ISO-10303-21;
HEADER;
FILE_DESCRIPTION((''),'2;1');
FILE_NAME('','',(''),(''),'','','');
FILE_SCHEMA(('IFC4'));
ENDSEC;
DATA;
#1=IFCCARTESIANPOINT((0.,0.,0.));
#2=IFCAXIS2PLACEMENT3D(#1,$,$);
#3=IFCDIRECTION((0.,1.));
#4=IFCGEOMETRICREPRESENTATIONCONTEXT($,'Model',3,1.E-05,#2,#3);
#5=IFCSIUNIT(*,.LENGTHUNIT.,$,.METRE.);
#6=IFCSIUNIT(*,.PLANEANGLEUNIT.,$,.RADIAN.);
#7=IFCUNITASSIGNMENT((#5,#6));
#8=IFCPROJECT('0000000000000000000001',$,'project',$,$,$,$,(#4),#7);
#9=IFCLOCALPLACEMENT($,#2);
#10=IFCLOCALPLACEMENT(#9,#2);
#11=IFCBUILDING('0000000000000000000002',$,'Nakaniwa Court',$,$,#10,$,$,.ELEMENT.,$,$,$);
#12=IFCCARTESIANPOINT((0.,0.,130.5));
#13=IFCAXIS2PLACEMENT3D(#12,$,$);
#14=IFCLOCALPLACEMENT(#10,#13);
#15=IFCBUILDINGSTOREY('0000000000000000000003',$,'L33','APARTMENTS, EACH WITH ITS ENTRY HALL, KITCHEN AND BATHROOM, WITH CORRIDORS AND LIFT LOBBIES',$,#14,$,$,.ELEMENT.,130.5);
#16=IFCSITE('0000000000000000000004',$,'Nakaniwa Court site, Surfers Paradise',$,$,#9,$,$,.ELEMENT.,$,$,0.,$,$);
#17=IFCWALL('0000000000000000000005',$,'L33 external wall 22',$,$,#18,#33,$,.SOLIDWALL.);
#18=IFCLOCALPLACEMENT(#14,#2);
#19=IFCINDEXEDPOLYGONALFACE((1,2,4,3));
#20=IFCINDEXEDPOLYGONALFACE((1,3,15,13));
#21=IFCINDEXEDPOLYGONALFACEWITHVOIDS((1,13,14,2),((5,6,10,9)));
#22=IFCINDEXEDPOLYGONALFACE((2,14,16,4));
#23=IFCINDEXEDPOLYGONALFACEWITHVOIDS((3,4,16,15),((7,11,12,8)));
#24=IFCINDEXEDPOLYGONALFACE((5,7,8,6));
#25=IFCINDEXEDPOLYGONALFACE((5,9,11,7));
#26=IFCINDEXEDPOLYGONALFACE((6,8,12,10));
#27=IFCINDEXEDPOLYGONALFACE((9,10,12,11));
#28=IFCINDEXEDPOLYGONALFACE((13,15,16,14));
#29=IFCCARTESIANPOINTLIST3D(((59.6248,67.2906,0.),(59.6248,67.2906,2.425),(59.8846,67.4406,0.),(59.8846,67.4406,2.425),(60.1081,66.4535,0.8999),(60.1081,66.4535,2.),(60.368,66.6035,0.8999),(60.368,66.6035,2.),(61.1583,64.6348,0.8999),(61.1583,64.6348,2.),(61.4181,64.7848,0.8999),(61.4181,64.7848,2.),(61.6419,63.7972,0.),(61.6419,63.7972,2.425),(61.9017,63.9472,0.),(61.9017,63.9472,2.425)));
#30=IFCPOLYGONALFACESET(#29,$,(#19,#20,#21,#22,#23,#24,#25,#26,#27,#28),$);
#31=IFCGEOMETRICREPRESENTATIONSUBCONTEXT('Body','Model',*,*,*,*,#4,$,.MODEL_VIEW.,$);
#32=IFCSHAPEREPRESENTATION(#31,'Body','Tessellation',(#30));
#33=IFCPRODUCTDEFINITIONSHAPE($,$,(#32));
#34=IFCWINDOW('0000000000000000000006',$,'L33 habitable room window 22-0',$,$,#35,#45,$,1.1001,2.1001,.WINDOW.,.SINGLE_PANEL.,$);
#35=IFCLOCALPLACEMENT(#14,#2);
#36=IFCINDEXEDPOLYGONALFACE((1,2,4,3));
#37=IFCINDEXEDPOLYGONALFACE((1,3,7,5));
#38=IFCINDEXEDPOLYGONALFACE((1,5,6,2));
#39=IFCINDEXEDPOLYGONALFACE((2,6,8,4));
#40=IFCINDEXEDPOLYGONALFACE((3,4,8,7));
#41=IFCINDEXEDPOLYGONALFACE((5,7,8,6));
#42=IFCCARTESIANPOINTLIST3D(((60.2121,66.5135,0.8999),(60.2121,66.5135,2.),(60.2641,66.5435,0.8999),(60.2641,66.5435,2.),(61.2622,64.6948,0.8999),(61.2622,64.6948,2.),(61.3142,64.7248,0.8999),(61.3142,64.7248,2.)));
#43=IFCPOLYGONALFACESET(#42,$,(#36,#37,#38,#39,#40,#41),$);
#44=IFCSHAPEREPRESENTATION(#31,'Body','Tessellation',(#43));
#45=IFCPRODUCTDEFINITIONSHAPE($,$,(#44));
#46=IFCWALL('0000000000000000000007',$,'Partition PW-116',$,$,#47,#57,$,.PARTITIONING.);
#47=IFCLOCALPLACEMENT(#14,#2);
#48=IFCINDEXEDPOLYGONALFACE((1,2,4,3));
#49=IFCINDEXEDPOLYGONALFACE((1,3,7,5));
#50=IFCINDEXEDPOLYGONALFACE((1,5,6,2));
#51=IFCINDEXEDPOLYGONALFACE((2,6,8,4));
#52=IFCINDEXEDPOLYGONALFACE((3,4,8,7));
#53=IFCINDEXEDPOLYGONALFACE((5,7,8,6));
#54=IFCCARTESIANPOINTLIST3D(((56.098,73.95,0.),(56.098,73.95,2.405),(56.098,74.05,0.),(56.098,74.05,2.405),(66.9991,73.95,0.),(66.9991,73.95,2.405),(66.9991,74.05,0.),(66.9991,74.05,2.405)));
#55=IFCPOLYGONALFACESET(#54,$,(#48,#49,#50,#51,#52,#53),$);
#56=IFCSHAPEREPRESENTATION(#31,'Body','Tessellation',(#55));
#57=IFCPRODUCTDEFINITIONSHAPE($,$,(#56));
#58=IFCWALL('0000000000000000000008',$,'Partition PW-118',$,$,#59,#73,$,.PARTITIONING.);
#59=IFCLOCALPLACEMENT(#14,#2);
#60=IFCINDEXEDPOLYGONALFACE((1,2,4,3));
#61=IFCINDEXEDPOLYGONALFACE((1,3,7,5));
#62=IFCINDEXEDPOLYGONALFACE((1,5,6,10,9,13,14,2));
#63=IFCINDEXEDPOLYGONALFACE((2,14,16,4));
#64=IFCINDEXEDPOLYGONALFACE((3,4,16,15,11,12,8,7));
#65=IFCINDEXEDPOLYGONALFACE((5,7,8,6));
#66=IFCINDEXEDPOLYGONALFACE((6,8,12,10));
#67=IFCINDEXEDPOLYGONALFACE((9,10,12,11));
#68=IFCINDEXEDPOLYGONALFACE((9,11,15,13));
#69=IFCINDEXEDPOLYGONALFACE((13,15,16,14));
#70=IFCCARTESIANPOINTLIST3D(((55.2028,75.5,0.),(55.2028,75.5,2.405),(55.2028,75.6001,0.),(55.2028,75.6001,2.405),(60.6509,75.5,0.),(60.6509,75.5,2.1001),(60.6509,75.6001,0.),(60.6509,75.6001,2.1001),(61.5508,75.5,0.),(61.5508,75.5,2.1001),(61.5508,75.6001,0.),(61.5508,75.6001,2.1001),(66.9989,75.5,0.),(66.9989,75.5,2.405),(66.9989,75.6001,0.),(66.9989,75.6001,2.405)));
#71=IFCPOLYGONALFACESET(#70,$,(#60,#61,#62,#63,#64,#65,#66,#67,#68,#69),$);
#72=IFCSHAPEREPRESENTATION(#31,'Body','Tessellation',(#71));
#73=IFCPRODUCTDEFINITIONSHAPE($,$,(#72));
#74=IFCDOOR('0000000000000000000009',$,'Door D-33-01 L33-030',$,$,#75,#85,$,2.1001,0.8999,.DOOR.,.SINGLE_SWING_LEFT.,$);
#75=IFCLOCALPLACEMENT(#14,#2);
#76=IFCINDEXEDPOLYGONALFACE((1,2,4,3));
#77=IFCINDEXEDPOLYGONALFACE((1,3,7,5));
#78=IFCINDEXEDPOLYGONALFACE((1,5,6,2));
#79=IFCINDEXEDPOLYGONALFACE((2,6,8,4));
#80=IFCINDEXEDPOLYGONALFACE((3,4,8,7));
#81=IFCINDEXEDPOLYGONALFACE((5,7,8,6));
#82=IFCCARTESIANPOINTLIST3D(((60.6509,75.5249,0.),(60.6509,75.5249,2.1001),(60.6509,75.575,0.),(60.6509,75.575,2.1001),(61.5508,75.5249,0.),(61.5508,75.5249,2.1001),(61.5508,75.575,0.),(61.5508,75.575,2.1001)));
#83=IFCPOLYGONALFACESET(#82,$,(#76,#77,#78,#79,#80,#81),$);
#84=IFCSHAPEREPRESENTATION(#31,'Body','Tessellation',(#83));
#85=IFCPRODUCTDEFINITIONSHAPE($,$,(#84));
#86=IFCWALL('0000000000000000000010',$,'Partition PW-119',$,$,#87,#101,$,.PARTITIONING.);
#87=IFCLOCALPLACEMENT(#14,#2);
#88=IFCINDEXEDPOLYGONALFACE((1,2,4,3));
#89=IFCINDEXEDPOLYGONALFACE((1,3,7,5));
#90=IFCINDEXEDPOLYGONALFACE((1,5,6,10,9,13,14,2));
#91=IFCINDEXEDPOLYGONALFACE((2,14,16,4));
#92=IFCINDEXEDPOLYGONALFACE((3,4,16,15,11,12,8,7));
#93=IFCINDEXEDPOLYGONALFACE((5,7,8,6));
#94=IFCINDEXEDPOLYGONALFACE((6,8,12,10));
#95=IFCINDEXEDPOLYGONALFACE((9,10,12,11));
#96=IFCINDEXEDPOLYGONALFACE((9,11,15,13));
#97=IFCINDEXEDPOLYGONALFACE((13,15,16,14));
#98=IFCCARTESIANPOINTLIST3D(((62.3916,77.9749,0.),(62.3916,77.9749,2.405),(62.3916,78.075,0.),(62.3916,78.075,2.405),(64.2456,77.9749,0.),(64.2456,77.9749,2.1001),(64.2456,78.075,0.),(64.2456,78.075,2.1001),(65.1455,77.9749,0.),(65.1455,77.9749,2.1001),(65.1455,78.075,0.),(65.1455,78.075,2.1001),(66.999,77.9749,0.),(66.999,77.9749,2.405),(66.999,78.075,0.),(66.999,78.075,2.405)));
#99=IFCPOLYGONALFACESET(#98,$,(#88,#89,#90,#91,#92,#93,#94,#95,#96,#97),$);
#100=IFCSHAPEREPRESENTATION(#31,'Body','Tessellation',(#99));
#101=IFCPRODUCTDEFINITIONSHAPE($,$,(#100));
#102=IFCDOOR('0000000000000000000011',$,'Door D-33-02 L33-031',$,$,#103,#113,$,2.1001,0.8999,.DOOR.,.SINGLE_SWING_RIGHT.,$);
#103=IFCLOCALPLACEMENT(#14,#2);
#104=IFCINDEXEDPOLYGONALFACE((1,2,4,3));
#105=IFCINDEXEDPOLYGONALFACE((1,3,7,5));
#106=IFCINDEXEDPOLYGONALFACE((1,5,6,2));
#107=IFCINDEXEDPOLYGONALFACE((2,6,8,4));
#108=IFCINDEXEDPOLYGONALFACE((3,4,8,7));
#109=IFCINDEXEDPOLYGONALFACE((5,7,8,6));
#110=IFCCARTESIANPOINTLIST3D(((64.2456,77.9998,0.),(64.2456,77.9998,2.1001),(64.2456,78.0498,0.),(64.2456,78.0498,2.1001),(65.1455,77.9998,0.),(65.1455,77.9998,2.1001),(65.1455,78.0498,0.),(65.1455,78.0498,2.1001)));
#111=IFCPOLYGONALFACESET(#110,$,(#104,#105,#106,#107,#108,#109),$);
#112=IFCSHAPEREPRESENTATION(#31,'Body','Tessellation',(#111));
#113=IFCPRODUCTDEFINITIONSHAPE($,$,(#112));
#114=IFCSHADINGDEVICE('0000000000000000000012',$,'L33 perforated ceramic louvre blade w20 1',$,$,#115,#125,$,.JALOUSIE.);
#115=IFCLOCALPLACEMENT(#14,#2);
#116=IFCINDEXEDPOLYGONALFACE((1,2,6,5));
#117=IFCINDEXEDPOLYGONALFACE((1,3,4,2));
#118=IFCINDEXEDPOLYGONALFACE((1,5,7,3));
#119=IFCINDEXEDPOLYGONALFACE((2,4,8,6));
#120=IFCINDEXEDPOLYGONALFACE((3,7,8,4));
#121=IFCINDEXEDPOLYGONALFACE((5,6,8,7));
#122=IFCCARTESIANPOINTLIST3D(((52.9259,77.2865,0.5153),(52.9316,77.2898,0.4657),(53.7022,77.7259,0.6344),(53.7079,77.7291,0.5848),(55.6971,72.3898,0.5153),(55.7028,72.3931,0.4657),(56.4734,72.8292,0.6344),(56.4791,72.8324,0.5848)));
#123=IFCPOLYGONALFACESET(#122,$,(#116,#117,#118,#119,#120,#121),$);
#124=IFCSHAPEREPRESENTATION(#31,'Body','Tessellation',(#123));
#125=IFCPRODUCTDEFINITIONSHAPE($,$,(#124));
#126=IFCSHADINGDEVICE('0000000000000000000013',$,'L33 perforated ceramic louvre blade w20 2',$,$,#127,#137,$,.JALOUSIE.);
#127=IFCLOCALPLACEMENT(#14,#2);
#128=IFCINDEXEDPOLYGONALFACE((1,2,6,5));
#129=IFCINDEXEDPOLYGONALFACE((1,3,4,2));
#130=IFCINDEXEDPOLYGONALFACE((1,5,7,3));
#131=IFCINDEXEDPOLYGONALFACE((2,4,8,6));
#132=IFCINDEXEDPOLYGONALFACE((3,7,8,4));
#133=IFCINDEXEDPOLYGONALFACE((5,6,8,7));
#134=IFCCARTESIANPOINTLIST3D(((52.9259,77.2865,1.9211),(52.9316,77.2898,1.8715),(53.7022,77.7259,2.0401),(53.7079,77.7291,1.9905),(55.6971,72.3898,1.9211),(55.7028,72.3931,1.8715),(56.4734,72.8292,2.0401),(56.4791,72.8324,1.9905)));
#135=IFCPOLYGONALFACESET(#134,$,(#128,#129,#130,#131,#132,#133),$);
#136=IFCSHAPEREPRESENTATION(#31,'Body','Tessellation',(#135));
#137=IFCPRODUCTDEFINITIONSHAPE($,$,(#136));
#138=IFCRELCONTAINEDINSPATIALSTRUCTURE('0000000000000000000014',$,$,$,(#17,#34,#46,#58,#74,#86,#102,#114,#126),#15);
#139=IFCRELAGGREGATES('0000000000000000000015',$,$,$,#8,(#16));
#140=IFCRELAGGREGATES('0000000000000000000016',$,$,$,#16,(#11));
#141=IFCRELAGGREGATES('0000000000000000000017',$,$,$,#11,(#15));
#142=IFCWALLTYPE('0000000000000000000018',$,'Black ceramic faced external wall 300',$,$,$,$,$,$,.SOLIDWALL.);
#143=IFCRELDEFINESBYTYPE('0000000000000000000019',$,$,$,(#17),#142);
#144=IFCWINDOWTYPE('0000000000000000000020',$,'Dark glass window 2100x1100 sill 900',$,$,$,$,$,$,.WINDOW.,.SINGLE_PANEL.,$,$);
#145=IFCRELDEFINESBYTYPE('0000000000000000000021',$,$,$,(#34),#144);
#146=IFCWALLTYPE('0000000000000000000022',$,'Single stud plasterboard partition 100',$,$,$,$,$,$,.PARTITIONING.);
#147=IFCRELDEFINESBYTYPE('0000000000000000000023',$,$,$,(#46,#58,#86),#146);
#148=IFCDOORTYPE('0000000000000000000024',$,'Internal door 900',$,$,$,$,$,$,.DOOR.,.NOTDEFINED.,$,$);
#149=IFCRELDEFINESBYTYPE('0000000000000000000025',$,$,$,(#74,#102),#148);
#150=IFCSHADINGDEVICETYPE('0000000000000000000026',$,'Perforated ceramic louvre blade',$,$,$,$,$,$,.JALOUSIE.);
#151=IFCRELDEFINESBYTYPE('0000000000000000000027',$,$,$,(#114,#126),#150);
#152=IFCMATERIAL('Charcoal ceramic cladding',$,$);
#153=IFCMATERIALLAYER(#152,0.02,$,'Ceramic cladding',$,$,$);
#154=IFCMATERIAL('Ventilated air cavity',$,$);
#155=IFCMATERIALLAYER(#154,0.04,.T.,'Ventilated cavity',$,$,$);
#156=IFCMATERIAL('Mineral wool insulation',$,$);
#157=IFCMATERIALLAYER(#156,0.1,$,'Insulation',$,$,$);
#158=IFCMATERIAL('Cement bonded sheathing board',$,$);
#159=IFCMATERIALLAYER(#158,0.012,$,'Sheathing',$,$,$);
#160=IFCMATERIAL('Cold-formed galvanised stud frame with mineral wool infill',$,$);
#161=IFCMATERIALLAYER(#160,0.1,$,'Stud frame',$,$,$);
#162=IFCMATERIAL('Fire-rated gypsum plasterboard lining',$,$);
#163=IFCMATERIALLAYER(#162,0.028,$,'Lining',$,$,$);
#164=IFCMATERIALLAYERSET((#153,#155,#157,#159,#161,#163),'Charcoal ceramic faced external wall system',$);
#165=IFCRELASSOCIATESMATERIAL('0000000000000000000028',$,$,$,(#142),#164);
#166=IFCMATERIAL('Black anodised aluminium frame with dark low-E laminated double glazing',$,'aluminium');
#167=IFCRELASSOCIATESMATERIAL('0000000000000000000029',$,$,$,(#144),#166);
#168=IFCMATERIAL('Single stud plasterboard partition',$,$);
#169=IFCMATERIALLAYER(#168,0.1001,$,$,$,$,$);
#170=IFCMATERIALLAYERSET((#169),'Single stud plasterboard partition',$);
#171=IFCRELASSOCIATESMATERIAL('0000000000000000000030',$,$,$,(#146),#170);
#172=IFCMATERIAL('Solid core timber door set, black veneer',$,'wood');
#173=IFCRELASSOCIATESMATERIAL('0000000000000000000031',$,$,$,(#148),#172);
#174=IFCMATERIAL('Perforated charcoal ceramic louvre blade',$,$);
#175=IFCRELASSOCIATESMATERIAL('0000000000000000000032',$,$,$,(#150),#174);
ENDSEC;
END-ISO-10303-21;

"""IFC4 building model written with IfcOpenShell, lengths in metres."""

from ifc_helpers import new_model, si_unit, direction, frame, frame_2d, origin, origin_2d, place, context, subcontext, project, spatial, rectangle, extrude, material, layer, layer_set, material_profile, profile_set, type_object, element, fill, save


model = new_model("IFC4")

# Units and contexts
model_context = context("Model", 3, precision=1e-05, world=origin(), true_north=direction((0.0, 1.0)))
body_context = subcontext(model_context, "Body", "Model", "MODEL_VIEW")
ifc_project = project(units=[si_unit("LENGTHUNIT", "METRE"), si_unit("PLANEANGLEUNIT", "RADIAN")], contexts=[model_context])

# Site, building, storey
site_placement = place(None, origin())
site = spatial("IfcSite", under=ifc_project, at=site_placement, Name="Nakaniwa Court site, Surfers Paradise", CompositionType="ELEMENT", RefElevation=0.0)
building_placement = place(site_placement, origin())
building = spatial("IfcBuilding", under=site, at=building_placement, Name="Nakaniwa Court", CompositionType="ELEMENT")
storey_placement = place(building_placement, frame((0.0, 0.0, 130.5)))
storey = spatial("IfcBuildingStorey", under=building, at=storey_placement, Name="L33", Description="APARTMENTS, EACH WITH ITS ENTRY HALL, KITCHEN AND BATHROOM, WITH CORRIDORS AND LIFT LOBBIES", CompositionType="ELEMENT", Elevation=130.5)

# Shared definitions
ifc_material_1 = material(Name="Solid core timber door set, black veneer", Category="wood")

# Shared definitions
ifc_material_2 = material(Name="Charcoal ceramic cladding")
ifc_layer_1 = layer(ifc_material_2, 0.02, Name="Ceramic cladding")
ifc_material_3 = material(Name="Ventilated air cavity")
ifc_layer_2 = layer(ifc_material_3, 0.04, ventilated=True, Name="Ventilated cavity")
ifc_material_4 = material(Name="Mineral wool insulation")
ifc_layer_3 = layer(ifc_material_4, 0.1, Name="Insulation")
ifc_material_5 = material(Name="Cement bonded sheathing board")
ifc_layer_4 = layer(ifc_material_5, 0.012, Name="Sheathing")
ifc_material_6 = material(Name="Cold-formed galvanised stud frame with mineral wool infill")
ifc_layer_5 = layer(ifc_material_6, 0.1, Name="Stud frame")
ifc_material_7 = material(Name="Fire-rated gypsum plasterboard lining")
ifc_layer_6 = layer(ifc_material_7, 0.028, Name="Lining")
ifc_layer_set_1 = layer_set([ifc_layer_1, ifc_layer_2, ifc_layer_3, ifc_layer_4, ifc_layer_5, ifc_layer_6], Name="Charcoal ceramic faced external wall system")
wall_type_1 = type_object("IfcWallType", Name="Black ceramic faced external wall 300", PredefinedType="SOLIDWALL", material=ifc_layer_set_1)
ifc_material_8 = material(Name="Black anodised aluminium frame with dark low-E laminated double glazing", Category="aluminium")
window_type_1 = type_object("IfcWindowType", Name="Dark glass window 2100x1100 sill 900", PartitioningType="SINGLE_PANEL", PredefinedType="WINDOW", material=ifc_material_8)

# Wall, opening, window
wall_1_placement = place(storey_placement, frame((59.7546, 67.3657, 0.0), z_axis=(0.0, 0.0, 1.0), x_axis=(0.500032, -0.866007, 0.0)))
wall_1 = element("IfcWall", 1, at=wall_1_placement, inside=storey, type_object=wall_type_1, Name="L33 external wall 22", PredefinedType="SOLIDWALL", context=body_context, shape_type="SweptSolid", body=[
    extrude(rectangle(XDim=4.0339, YDim=0.3, at=frame_2d((2.0171, 0.0))), origin(), (0.0, 0.0, 1.0), 2.425),
])
opening_1_placement = place(wall_1_placement, frame((0.9668, 0.0, 0.8999)))
opening_1 = element("IfcOpeningElement", 2, at=opening_1_placement, cuts=wall_1, PredefinedType="OPENING", context=body_context, shape_type="SweptSolid", body=[
    extrude(rectangle(XDim=2.1001, YDim=1.1001, at=frame_2d((1.05, 0.55))), frame((0.0, 0.1599, 0.0), z_axis=(0.0, -1.0, 0.0), x_axis=(1.0, 0.0, 0.0)), (0.0, 0.0, 1.0), 0.3201),
])
window_1_placement = place(opening_1_placement, origin())
window_1 = element("IfcWindow", 3, at=window_1_placement, inside=storey, type_object=window_type_1, Name="L33 habitable room window 22-0", OverallHeight=1.1001, OverallWidth=2.1001, PartitioningType="SINGLE_PANEL", PredefinedType="WINDOW", context=body_context, shape_type="SweptSolid", body=[
    extrude(rectangle(XDim=2.1001, YDim=1.1001, at=frame_2d((1.05, 0.55))), frame((0.0, 0.03, 0.0), z_axis=(0.0, -1.0, 0.0), x_axis=(1.0, 0.0, 0.0)), (0.0, 0.0, 1.0), 0.0601),
])
fill(opening_1, window_1)

# Wall
ifc_material_9 = material(Name="Single stud plasterboard partition")
ifc_layer_7 = layer(ifc_material_9, 0.1001)
ifc_layer_set_2 = layer_set([ifc_layer_7], Name="Single stud plasterboard partition")
wall_type_2 = type_object("IfcWallType", Name="Single stud plasterboard partition 100", PredefinedType="PARTITIONING", material=ifc_layer_set_2)
wall_2_placement = place(storey_placement, frame((56.0979, 74.0, 0.0), z_axis=(0.0, 0.0, 1.0), x_axis=(1.0, 0.0, 0.0)))
element("IfcWall", 4, at=wall_2_placement, inside=storey, type_object=wall_type_2, Name="Partition PW-116", PredefinedType="PARTITIONING", context=body_context, shape_type="SweptSolid", body=[
    extrude(rectangle(XDim=10.9011, YDim=0.1001, at=frame_2d((5.4507, 0.0))), origin(), (0.0, 0.0, 1.0), 2.405),
])

# Walls, openings, doors
wall_3_placement = place(storey_placement, frame((55.2029, 75.55, 0.0), z_axis=(0.0, 0.0, 1.0), x_axis=(1.0, 0.0, 0.0)))
wall_3 = element("IfcWall", 5, at=wall_3_placement, inside=storey, type_object=wall_type_2, Name="Partition PW-118", PredefinedType="PARTITIONING", context=body_context, shape_type="SweptSolid", body=[
    extrude(rectangle(XDim=11.7961, YDim=0.1001, at=frame_2d((5.8979, 0.0))), origin(), (0.0, 0.0, 1.0), 2.405),
])
opening_2_placement = place(wall_3_placement, frame((5.448, 0.0, 0.0)))
opening_2 = element("IfcOpeningElement", 6, at=opening_2_placement, cuts=wall_3, PredefinedType="OPENING", context=body_context, shape_type="SweptSolid", body=[
    extrude(rectangle(XDim=0.8999, YDim=2.1001, at=frame_2d((0.45, 1.05))), frame((0.0, 0.0601, 0.0), z_axis=(0.0, -1.0, 0.0), x_axis=(1.0, 0.0, 0.0)), (0.0, 0.0, 1.0), 0.1201),
])
door_type_1 = type_object("IfcDoorType", Name="Internal door 900", OperationType="NOTDEFINED", PredefinedType="DOOR", material=ifc_material_1)
door_1_placement = place(opening_2_placement, origin())
door_1 = element("IfcDoor", 7, at=door_1_placement, inside=storey, type_object=door_type_1, Name="Door D-33-01 L33-030", OperationType="SINGLE_SWING_LEFT", OverallHeight=2.1001, OverallWidth=0.8999, PredefinedType="DOOR", context=body_context, shape_type="SweptSolid", body=[
    extrude(rectangle(XDim=0.8999, YDim=2.1001, at=frame_2d((0.45, 1.05))), frame((0.0, 0.0249, 0.0), z_axis=(0.0, -1.0, 0.0), x_axis=(1.0, 0.0, 0.0)), (0.0, 0.0, 1.0), 0.05),
])
fill(opening_2, door_1)
wall_4_placement = place(storey_placement, frame((62.3916, 78.0249, 0.0), z_axis=(0.0, 0.0, 1.0), x_axis=(1.0, 0.0, 0.0)))
wall_4 = element("IfcWall", 8, at=wall_4_placement, inside=storey, type_object=wall_type_2, Name="Partition PW-119", PredefinedType="PARTITIONING", context=body_context, shape_type="SweptSolid", body=[
    extrude(rectangle(XDim=4.6074, YDim=0.1001, at=frame_2d((2.3037, 0.0))), origin(), (0.0, 0.0, 1.0), 2.405),
])
opening_3_placement = place(wall_4_placement, frame((1.854, 0.0, 0.0)))
opening_3 = element("IfcOpeningElement", 9, at=opening_3_placement, cuts=wall_4, PredefinedType="OPENING", context=body_context, shape_type="SweptSolid", body=[
    extrude(rectangle(XDim=0.8999, YDim=2.1001, at=frame_2d((0.45, 1.05))), frame((0.0, 0.0601, 0.0), z_axis=(0.0, -1.0, 0.0), x_axis=(1.0, 0.0, 0.0)), (0.0, 0.0, 1.0), 0.1201),
])
door_2_placement = place(opening_3_placement, origin())
door_2 = element("IfcDoor", 10, at=door_2_placement, inside=storey, type_object=door_type_1, Name="Door D-33-02 L33-031", OperationType="SINGLE_SWING_RIGHT", OverallHeight=2.1001, OverallWidth=0.8999, PredefinedType="DOOR", context=body_context, shape_type="SweptSolid", body=[
    extrude(rectangle(XDim=0.8999, YDim=2.1001, at=frame_2d((0.45, 1.05))), frame((0.0, 0.0249, 0.0), z_axis=(0.0, -1.0, 0.0), x_axis=(1.0, 0.0, 0.0)), (0.0, 0.0, 1.0), 0.05),
])
fill(opening_3, door_2)

# Shading devices
ifc_material_10 = material(Name="Perforated charcoal ceramic louvre blade")
ifc_material_profile_1 = material_profile(ifc_material_10, rectangle(XDim=0.8999, YDim=0.05, at=origin_2d()), Name="Perforated ceramic louvre blade")
ifc_profile_set_1 = profile_set([ifc_material_profile_1], Name="Perforated charcoal ceramic louvre blade")
shading_device_type = type_object("IfcShadingDeviceType", Name="Perforated ceramic louvre blade", PredefinedType="JALOUSIE", material=ifc_profile_set_1)
for number, where, z_axis, x_axis, name in (
    (11, (53.3169, 77.5078, 0.55), (0.492532, -0.870294, 0.0), (0.862649, 0.488205, 0.132256), "L33 perforated ceramic louvre blade w20 1"),
    (12, (53.3169, 77.5078, 1.9558), (0.492532, -0.870294, 0.0), (0.862649, 0.488205, 0.132256), "L33 perforated ceramic louvre blade w20 2"),
):
    element("IfcShadingDevice", number, at=place(storey_placement, frame(where, z_axis=z_axis, x_axis=x_axis)), inside=storey, type_object=shading_device_type, Name=name, PredefinedType="JALOUSIE", context=body_context, shape_type="SweptSolid", body=[
        extrude(rectangle(XDim=0.8999, YDim=0.05, at=origin_2d()), origin(), (0.0, 0.0, 1.0), 5.6265),
    ])

save(model, "model.ifc")
